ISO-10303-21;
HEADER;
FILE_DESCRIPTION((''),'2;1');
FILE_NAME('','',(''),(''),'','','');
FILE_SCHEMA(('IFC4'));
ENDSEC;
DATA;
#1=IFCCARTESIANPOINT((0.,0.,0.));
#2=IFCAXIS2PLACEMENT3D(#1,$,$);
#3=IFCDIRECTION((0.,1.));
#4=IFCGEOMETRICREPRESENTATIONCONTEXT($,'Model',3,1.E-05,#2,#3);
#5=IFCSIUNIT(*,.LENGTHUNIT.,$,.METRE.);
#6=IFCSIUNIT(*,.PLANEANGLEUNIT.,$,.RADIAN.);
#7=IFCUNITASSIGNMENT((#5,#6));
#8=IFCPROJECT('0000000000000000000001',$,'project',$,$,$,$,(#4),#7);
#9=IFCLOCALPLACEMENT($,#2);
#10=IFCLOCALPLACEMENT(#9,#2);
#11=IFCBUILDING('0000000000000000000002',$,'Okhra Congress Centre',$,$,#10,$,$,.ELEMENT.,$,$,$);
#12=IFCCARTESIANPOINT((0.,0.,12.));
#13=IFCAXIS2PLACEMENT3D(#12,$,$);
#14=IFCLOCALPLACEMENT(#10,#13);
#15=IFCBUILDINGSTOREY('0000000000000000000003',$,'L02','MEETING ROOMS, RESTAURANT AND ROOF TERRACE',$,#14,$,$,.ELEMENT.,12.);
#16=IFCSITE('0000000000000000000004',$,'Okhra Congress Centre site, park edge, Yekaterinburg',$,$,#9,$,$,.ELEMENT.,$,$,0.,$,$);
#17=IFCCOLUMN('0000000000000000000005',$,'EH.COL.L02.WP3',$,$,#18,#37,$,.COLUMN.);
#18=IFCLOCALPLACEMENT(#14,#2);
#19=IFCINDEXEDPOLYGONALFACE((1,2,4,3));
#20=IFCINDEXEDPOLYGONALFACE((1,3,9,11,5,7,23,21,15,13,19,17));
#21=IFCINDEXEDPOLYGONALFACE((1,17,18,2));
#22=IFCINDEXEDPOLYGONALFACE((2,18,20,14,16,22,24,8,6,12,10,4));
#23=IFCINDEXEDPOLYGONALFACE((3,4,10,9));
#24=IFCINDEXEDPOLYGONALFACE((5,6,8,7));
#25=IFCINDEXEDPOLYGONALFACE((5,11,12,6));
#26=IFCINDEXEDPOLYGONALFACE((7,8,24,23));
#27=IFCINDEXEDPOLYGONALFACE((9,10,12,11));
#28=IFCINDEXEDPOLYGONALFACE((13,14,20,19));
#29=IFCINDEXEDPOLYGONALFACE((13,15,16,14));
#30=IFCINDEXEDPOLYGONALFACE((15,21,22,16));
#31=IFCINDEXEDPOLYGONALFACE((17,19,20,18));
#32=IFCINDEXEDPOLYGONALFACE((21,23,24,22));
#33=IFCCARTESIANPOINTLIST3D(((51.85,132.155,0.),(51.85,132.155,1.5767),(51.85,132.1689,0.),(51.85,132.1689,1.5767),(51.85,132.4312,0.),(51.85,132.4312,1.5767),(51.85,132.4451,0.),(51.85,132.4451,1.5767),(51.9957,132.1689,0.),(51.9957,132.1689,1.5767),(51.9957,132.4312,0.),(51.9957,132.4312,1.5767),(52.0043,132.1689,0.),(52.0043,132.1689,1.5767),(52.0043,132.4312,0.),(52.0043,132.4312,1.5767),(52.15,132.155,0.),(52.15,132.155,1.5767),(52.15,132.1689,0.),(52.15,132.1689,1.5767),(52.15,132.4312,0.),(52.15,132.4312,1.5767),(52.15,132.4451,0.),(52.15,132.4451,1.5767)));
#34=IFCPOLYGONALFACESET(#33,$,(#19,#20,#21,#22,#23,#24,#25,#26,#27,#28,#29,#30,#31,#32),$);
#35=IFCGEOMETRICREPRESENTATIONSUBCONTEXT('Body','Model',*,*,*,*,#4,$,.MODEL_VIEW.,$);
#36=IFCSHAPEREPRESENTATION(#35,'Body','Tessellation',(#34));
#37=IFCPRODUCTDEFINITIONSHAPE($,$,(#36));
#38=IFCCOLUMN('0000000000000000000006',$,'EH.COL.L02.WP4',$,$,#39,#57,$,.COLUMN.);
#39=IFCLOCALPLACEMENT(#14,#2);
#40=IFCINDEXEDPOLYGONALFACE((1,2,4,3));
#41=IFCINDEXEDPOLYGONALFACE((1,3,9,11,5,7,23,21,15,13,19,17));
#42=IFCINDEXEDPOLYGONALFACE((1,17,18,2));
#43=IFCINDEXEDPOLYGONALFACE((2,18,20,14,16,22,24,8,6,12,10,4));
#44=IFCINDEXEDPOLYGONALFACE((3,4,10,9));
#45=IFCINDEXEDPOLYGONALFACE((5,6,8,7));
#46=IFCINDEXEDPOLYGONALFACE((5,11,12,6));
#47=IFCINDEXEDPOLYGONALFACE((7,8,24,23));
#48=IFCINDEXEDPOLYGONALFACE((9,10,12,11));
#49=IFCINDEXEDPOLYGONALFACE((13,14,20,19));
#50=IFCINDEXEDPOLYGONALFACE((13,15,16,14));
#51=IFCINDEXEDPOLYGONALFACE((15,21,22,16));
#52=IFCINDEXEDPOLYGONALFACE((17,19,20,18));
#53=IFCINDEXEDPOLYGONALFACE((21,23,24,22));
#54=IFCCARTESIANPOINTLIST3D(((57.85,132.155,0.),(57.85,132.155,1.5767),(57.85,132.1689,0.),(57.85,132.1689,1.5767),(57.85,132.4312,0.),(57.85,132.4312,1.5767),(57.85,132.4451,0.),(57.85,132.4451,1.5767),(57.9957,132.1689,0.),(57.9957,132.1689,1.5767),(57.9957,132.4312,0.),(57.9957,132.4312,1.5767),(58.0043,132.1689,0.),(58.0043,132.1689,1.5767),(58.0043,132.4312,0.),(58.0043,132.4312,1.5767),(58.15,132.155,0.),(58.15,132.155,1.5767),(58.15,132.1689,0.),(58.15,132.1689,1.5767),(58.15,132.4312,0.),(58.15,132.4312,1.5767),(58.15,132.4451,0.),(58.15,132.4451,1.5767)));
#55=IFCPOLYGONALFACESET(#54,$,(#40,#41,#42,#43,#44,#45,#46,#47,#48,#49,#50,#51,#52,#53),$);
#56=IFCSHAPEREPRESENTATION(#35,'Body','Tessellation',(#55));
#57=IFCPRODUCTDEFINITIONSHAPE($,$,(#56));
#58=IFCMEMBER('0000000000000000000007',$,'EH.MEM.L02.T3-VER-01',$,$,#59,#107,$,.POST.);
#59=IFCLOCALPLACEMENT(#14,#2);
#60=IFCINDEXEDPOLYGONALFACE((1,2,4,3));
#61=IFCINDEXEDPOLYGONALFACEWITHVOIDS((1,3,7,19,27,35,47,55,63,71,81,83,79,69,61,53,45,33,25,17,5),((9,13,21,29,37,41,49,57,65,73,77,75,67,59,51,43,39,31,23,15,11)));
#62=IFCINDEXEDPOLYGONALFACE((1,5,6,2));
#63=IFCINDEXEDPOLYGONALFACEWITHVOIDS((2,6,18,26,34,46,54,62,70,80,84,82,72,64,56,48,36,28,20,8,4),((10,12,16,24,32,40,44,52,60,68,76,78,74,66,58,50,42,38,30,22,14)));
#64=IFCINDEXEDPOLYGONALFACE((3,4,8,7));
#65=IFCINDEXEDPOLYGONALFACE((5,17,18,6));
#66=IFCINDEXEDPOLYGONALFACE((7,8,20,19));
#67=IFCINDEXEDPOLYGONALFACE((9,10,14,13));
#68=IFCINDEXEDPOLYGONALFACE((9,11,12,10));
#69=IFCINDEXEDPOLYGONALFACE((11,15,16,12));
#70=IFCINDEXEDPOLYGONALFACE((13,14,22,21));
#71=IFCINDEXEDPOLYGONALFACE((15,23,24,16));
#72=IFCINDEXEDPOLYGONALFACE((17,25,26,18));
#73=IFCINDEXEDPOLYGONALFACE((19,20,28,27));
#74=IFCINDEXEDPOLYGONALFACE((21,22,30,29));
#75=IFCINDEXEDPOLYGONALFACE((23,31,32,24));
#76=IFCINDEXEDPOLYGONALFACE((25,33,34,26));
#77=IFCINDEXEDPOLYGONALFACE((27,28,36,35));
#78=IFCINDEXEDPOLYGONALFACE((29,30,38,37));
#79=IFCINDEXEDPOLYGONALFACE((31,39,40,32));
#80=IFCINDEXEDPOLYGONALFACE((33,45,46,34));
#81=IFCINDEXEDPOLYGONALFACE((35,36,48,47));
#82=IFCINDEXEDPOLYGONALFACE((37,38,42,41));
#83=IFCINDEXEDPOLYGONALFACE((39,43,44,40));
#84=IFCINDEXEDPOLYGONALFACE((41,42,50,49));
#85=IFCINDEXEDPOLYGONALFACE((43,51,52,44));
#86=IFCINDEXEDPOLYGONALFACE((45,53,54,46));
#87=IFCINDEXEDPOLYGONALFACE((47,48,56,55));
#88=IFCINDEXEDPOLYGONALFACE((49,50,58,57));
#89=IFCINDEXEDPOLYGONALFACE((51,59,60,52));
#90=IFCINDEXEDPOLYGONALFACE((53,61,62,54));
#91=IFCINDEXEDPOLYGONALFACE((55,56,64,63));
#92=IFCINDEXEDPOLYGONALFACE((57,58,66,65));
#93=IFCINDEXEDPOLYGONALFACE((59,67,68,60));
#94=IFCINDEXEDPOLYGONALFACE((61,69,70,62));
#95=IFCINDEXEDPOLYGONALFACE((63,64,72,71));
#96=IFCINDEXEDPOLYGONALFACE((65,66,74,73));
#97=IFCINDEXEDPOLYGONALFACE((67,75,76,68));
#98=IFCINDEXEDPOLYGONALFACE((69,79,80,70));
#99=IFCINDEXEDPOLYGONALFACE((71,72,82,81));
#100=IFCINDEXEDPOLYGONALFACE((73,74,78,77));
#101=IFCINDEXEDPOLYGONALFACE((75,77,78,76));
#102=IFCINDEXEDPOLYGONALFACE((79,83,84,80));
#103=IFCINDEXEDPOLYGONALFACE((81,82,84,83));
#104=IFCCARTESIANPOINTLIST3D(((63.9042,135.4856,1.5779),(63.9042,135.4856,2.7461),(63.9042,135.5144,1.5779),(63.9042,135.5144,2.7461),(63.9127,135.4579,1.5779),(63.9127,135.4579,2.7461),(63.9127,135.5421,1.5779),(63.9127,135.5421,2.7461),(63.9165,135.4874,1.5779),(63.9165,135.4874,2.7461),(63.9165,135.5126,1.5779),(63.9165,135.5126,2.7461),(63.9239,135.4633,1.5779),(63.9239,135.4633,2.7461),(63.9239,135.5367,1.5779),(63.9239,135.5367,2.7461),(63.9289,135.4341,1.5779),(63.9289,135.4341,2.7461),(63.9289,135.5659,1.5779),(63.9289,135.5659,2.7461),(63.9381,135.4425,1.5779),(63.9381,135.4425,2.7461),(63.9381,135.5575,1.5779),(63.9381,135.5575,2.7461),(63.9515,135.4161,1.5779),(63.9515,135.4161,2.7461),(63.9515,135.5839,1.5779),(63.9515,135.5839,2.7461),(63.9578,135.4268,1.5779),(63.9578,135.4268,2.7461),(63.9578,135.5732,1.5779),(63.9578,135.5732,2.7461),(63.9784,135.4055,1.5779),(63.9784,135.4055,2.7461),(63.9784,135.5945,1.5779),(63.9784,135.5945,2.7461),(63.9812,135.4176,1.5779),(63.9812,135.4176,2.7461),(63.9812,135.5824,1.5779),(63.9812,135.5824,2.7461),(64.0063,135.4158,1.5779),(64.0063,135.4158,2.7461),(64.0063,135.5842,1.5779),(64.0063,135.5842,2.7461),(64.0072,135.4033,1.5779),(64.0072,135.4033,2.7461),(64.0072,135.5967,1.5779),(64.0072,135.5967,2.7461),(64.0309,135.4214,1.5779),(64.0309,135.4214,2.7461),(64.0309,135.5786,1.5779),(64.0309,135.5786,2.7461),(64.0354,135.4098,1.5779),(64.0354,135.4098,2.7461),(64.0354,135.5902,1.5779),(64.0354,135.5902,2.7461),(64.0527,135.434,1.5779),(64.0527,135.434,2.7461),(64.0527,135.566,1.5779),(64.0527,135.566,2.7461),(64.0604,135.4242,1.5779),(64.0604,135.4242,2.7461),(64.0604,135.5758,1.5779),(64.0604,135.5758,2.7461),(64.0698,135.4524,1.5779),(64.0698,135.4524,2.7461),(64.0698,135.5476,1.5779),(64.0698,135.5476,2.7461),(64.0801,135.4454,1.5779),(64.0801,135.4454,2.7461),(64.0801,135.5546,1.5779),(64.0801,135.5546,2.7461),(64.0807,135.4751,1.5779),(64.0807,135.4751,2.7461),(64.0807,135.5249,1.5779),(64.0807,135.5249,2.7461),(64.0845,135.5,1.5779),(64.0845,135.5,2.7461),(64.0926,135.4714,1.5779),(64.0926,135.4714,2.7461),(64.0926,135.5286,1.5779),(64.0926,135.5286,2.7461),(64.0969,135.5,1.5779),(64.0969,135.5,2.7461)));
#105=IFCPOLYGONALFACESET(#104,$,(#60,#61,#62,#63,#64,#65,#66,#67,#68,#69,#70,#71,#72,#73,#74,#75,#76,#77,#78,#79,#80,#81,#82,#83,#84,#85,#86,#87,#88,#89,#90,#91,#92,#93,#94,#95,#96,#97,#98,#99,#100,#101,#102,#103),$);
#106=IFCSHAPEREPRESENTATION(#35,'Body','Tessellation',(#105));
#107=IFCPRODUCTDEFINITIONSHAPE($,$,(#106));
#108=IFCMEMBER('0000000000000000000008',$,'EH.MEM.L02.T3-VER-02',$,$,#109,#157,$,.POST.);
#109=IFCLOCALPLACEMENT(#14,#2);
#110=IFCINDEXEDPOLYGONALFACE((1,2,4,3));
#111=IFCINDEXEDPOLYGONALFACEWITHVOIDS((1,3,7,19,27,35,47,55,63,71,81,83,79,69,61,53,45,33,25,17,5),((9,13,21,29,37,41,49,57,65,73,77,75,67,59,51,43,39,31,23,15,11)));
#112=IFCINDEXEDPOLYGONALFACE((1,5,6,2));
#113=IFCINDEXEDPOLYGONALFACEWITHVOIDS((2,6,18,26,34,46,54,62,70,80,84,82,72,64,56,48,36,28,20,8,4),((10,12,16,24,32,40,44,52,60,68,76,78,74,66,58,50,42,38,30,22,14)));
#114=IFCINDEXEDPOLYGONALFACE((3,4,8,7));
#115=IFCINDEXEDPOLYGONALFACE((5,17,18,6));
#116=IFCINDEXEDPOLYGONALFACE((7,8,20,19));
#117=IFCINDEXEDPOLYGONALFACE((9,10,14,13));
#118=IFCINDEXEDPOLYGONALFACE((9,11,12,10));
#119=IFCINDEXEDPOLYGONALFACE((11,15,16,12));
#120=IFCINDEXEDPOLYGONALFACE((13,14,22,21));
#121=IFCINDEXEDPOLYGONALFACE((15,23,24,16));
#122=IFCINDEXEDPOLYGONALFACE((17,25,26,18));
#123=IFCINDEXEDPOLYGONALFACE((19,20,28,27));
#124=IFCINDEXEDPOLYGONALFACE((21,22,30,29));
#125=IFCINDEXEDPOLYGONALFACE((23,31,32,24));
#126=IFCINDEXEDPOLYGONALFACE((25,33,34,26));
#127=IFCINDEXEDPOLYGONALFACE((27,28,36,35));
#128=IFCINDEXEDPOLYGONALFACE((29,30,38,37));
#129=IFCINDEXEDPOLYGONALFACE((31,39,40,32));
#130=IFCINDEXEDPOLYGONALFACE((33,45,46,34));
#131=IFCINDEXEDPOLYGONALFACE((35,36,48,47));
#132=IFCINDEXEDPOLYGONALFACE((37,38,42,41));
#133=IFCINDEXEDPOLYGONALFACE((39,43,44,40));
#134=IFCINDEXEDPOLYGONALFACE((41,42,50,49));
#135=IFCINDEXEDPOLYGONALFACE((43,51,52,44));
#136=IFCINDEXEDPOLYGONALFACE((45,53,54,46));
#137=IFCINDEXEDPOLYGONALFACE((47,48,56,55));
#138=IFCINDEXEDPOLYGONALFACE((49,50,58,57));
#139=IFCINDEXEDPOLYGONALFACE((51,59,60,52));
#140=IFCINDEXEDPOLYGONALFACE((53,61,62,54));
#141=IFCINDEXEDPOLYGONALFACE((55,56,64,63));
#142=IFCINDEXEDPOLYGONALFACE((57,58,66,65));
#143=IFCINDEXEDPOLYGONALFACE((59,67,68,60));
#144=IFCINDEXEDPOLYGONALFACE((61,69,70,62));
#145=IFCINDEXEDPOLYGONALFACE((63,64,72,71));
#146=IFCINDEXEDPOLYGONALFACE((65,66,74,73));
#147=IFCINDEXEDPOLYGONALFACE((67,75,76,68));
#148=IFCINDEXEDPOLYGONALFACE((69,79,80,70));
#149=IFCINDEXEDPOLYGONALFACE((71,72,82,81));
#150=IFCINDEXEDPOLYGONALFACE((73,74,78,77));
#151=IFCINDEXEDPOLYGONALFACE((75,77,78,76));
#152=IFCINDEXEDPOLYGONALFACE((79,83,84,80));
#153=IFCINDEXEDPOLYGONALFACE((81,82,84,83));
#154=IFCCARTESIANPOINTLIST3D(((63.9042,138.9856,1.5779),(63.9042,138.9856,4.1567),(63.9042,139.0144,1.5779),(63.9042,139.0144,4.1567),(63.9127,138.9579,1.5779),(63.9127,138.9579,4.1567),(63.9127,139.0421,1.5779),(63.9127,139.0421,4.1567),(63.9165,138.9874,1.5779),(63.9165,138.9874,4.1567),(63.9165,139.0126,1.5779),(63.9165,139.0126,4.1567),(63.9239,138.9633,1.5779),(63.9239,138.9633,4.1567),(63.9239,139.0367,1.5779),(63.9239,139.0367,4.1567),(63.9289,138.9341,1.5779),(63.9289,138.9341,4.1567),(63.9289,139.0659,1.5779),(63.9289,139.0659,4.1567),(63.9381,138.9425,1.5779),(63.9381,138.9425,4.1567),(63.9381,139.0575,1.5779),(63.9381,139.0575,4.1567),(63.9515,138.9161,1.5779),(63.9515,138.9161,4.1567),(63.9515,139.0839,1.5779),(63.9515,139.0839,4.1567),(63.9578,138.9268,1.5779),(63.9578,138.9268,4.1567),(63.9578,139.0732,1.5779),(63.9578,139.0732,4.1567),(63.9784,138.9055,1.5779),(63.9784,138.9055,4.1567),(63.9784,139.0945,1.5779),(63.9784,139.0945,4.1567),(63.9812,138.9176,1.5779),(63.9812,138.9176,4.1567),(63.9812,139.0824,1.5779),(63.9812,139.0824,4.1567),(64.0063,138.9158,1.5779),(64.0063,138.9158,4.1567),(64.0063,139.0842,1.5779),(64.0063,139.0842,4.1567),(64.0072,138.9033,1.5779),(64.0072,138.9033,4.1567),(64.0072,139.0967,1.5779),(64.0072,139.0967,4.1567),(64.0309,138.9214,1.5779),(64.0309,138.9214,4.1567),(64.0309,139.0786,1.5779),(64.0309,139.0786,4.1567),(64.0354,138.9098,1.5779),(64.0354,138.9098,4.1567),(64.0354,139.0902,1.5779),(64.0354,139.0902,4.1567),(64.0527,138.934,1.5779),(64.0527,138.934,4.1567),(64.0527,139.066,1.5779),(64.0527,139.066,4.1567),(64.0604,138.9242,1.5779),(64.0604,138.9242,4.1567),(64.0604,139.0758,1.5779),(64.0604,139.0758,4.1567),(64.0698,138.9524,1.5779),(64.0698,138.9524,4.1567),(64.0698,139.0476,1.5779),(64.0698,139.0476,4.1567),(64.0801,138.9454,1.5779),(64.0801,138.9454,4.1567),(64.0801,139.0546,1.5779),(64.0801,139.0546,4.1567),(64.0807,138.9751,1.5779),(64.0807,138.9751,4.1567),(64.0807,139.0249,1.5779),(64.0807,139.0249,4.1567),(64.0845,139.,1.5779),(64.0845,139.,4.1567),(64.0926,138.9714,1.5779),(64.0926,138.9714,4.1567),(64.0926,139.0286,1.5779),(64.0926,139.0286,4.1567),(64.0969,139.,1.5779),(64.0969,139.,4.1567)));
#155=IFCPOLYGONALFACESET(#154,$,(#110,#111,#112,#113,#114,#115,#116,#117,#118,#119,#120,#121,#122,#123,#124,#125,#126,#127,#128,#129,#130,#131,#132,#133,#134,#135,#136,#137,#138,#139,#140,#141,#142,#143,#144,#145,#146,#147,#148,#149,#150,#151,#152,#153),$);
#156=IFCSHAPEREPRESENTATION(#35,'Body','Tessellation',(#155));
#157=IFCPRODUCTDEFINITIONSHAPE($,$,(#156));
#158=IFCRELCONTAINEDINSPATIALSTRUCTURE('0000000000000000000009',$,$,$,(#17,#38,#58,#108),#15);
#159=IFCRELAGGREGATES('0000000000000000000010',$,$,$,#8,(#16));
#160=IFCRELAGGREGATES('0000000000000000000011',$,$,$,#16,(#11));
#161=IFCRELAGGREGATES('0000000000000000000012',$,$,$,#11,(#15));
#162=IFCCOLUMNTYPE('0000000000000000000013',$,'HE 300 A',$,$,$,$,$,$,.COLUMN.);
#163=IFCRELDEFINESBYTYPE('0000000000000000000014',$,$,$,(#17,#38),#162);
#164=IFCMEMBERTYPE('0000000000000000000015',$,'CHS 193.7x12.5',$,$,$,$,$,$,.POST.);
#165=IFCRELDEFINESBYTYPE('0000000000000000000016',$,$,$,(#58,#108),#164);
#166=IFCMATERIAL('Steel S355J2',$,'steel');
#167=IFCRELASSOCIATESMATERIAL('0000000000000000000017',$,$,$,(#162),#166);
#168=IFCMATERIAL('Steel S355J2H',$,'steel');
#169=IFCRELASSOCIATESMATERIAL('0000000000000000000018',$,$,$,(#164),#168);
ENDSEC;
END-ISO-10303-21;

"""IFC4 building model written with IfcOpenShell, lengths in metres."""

from ifc_helpers import new_model, si_unit, direction, frame, origin, origin_2d, place, context, subcontext, project, spatial, hollow_circle, i_section, extrude, material, material_profile, profile_set, type_object, element, save


model = new_model("IFC4")

# Units and contexts
model_context = context("Model", 3, precision=1e-05, world=origin(), true_north=direction((0.0, 1.0)))
body_context = subcontext(model_context, "Body", "Model", "MODEL_VIEW")
ifc_project = project(units=[si_unit("LENGTHUNIT", "METRE"), si_unit("PLANEANGLEUNIT", "RADIAN")], contexts=[model_context])

# Site, building, storey
site_placement = place(None, origin())
site = spatial("IfcSite", under=ifc_project, at=site_placement, Name="Okhra Congress Centre site, park edge, Yekaterinburg", CompositionType="ELEMENT", RefElevation=0.0)
building_placement = place(site_placement, origin())
building = spatial("IfcBuilding", under=site, at=building_placement, Name="Okhra Congress Centre", CompositionType="ELEMENT")
storey_placement = place(building_placement, frame((0.0, 0.0, 12.0)))
storey = spatial("IfcBuildingStorey", under=building, at=storey_placement, Name="L02", Description="MEETING ROOMS, RESTAURANT AND ROOF TERRACE", CompositionType="ELEMENT", Elevation=12.0)

# Columns
ifc_material_1 = material(Name="Steel S355J2", Category="steel")
ifc_material_profile_1 = material_profile(ifc_material_1, i_section(OverallWidth=0.3, OverallDepth=0.29, WebThickness=0.0085, FlangeThickness=0.0139, at=origin_2d()), Name="HE 300 A")
ifc_profile_set_1 = profile_set([ifc_material_profile_1], Name="Steel S355J2")
column_type = type_object("IfcColumnType", Name="HE 300 A", PredefinedType="COLUMN", material=ifc_profile_set_1)
for number, where, z_axis, x_axis, name in (
    (1, (52.0, 132.3, 0.0), (0.0, 0.0, 1.0), (1.0, 0.0, 0.0), "EH.COL.L02.WP3"),
    (2, (58.0, 132.3, 0.0), (0.0, 0.0, 1.0), (1.0, 0.0, 0.0), "EH.COL.L02.WP4"),
):
    element("IfcColumn", number, at=place(storey_placement, frame(where, z_axis=z_axis, x_axis=x_axis)), inside=storey, type_object=column_type, Name=name, PredefinedType="COLUMN", context=body_context, shape_type="SweptSolid", body=[
        extrude(i_section(OverallWidth=0.3, OverallDepth=0.29, WebThickness=0.0085, FlangeThickness=0.0139, at=origin_2d()), origin(), (0.0, 0.0, 1.0), 1.5767),
    ])

# Members
ifc_material_2 = material(Name="Steel S355J2H", Category="steel")
ifc_material_profile_2 = material_profile(ifc_material_2, hollow_circle(Radius=0.0969, WallThickness=0.0125, at=origin_2d()), Name="CHS 193.7x12.5")
ifc_profile_set_2 = profile_set([ifc_material_profile_2], Name="Steel S355J2H")
member_type_1 = type_object("IfcMemberType", Name="CHS 193.7x12.5", PredefinedType="POST", material=ifc_profile_set_2)
member_1_placement = place(storey_placement, frame((64.0, 135.5, 1.5779), z_axis=(0.0, 0.0, 1.0), x_axis=(1.0, 0.0, 0.0)))
element("IfcMember", 3, at=member_1_placement, inside=storey, type_object=member_type_1, Name="EH.MEM.L02.T3-VER-01", PredefinedType="POST", context=body_context, shape_type="SweptSolid", body=[
    extrude(hollow_circle(Radius=0.0969, WallThickness=0.0125, at=origin_2d()), origin(), (0.0, 0.0, 1.0), 1.1682),
])
member_2_placement = place(storey_placement, frame((64.0, 139.0, 1.5779), z_axis=(0.0, 0.0, 1.0), x_axis=(1.0, 0.0, 0.0)))
element("IfcMember", 4, at=member_2_placement, inside=storey, type_object=member_type_1, Name="EH.MEM.L02.T3-VER-02", PredefinedType="POST", context=body_context, shape_type="SweptSolid", body=[
    extrude(hollow_circle(Radius=0.0969, WallThickness=0.0125, at=origin_2d()), origin(), (0.0, 0.0, 1.0), 2.5789),
])

save(model, "model.ifc")
